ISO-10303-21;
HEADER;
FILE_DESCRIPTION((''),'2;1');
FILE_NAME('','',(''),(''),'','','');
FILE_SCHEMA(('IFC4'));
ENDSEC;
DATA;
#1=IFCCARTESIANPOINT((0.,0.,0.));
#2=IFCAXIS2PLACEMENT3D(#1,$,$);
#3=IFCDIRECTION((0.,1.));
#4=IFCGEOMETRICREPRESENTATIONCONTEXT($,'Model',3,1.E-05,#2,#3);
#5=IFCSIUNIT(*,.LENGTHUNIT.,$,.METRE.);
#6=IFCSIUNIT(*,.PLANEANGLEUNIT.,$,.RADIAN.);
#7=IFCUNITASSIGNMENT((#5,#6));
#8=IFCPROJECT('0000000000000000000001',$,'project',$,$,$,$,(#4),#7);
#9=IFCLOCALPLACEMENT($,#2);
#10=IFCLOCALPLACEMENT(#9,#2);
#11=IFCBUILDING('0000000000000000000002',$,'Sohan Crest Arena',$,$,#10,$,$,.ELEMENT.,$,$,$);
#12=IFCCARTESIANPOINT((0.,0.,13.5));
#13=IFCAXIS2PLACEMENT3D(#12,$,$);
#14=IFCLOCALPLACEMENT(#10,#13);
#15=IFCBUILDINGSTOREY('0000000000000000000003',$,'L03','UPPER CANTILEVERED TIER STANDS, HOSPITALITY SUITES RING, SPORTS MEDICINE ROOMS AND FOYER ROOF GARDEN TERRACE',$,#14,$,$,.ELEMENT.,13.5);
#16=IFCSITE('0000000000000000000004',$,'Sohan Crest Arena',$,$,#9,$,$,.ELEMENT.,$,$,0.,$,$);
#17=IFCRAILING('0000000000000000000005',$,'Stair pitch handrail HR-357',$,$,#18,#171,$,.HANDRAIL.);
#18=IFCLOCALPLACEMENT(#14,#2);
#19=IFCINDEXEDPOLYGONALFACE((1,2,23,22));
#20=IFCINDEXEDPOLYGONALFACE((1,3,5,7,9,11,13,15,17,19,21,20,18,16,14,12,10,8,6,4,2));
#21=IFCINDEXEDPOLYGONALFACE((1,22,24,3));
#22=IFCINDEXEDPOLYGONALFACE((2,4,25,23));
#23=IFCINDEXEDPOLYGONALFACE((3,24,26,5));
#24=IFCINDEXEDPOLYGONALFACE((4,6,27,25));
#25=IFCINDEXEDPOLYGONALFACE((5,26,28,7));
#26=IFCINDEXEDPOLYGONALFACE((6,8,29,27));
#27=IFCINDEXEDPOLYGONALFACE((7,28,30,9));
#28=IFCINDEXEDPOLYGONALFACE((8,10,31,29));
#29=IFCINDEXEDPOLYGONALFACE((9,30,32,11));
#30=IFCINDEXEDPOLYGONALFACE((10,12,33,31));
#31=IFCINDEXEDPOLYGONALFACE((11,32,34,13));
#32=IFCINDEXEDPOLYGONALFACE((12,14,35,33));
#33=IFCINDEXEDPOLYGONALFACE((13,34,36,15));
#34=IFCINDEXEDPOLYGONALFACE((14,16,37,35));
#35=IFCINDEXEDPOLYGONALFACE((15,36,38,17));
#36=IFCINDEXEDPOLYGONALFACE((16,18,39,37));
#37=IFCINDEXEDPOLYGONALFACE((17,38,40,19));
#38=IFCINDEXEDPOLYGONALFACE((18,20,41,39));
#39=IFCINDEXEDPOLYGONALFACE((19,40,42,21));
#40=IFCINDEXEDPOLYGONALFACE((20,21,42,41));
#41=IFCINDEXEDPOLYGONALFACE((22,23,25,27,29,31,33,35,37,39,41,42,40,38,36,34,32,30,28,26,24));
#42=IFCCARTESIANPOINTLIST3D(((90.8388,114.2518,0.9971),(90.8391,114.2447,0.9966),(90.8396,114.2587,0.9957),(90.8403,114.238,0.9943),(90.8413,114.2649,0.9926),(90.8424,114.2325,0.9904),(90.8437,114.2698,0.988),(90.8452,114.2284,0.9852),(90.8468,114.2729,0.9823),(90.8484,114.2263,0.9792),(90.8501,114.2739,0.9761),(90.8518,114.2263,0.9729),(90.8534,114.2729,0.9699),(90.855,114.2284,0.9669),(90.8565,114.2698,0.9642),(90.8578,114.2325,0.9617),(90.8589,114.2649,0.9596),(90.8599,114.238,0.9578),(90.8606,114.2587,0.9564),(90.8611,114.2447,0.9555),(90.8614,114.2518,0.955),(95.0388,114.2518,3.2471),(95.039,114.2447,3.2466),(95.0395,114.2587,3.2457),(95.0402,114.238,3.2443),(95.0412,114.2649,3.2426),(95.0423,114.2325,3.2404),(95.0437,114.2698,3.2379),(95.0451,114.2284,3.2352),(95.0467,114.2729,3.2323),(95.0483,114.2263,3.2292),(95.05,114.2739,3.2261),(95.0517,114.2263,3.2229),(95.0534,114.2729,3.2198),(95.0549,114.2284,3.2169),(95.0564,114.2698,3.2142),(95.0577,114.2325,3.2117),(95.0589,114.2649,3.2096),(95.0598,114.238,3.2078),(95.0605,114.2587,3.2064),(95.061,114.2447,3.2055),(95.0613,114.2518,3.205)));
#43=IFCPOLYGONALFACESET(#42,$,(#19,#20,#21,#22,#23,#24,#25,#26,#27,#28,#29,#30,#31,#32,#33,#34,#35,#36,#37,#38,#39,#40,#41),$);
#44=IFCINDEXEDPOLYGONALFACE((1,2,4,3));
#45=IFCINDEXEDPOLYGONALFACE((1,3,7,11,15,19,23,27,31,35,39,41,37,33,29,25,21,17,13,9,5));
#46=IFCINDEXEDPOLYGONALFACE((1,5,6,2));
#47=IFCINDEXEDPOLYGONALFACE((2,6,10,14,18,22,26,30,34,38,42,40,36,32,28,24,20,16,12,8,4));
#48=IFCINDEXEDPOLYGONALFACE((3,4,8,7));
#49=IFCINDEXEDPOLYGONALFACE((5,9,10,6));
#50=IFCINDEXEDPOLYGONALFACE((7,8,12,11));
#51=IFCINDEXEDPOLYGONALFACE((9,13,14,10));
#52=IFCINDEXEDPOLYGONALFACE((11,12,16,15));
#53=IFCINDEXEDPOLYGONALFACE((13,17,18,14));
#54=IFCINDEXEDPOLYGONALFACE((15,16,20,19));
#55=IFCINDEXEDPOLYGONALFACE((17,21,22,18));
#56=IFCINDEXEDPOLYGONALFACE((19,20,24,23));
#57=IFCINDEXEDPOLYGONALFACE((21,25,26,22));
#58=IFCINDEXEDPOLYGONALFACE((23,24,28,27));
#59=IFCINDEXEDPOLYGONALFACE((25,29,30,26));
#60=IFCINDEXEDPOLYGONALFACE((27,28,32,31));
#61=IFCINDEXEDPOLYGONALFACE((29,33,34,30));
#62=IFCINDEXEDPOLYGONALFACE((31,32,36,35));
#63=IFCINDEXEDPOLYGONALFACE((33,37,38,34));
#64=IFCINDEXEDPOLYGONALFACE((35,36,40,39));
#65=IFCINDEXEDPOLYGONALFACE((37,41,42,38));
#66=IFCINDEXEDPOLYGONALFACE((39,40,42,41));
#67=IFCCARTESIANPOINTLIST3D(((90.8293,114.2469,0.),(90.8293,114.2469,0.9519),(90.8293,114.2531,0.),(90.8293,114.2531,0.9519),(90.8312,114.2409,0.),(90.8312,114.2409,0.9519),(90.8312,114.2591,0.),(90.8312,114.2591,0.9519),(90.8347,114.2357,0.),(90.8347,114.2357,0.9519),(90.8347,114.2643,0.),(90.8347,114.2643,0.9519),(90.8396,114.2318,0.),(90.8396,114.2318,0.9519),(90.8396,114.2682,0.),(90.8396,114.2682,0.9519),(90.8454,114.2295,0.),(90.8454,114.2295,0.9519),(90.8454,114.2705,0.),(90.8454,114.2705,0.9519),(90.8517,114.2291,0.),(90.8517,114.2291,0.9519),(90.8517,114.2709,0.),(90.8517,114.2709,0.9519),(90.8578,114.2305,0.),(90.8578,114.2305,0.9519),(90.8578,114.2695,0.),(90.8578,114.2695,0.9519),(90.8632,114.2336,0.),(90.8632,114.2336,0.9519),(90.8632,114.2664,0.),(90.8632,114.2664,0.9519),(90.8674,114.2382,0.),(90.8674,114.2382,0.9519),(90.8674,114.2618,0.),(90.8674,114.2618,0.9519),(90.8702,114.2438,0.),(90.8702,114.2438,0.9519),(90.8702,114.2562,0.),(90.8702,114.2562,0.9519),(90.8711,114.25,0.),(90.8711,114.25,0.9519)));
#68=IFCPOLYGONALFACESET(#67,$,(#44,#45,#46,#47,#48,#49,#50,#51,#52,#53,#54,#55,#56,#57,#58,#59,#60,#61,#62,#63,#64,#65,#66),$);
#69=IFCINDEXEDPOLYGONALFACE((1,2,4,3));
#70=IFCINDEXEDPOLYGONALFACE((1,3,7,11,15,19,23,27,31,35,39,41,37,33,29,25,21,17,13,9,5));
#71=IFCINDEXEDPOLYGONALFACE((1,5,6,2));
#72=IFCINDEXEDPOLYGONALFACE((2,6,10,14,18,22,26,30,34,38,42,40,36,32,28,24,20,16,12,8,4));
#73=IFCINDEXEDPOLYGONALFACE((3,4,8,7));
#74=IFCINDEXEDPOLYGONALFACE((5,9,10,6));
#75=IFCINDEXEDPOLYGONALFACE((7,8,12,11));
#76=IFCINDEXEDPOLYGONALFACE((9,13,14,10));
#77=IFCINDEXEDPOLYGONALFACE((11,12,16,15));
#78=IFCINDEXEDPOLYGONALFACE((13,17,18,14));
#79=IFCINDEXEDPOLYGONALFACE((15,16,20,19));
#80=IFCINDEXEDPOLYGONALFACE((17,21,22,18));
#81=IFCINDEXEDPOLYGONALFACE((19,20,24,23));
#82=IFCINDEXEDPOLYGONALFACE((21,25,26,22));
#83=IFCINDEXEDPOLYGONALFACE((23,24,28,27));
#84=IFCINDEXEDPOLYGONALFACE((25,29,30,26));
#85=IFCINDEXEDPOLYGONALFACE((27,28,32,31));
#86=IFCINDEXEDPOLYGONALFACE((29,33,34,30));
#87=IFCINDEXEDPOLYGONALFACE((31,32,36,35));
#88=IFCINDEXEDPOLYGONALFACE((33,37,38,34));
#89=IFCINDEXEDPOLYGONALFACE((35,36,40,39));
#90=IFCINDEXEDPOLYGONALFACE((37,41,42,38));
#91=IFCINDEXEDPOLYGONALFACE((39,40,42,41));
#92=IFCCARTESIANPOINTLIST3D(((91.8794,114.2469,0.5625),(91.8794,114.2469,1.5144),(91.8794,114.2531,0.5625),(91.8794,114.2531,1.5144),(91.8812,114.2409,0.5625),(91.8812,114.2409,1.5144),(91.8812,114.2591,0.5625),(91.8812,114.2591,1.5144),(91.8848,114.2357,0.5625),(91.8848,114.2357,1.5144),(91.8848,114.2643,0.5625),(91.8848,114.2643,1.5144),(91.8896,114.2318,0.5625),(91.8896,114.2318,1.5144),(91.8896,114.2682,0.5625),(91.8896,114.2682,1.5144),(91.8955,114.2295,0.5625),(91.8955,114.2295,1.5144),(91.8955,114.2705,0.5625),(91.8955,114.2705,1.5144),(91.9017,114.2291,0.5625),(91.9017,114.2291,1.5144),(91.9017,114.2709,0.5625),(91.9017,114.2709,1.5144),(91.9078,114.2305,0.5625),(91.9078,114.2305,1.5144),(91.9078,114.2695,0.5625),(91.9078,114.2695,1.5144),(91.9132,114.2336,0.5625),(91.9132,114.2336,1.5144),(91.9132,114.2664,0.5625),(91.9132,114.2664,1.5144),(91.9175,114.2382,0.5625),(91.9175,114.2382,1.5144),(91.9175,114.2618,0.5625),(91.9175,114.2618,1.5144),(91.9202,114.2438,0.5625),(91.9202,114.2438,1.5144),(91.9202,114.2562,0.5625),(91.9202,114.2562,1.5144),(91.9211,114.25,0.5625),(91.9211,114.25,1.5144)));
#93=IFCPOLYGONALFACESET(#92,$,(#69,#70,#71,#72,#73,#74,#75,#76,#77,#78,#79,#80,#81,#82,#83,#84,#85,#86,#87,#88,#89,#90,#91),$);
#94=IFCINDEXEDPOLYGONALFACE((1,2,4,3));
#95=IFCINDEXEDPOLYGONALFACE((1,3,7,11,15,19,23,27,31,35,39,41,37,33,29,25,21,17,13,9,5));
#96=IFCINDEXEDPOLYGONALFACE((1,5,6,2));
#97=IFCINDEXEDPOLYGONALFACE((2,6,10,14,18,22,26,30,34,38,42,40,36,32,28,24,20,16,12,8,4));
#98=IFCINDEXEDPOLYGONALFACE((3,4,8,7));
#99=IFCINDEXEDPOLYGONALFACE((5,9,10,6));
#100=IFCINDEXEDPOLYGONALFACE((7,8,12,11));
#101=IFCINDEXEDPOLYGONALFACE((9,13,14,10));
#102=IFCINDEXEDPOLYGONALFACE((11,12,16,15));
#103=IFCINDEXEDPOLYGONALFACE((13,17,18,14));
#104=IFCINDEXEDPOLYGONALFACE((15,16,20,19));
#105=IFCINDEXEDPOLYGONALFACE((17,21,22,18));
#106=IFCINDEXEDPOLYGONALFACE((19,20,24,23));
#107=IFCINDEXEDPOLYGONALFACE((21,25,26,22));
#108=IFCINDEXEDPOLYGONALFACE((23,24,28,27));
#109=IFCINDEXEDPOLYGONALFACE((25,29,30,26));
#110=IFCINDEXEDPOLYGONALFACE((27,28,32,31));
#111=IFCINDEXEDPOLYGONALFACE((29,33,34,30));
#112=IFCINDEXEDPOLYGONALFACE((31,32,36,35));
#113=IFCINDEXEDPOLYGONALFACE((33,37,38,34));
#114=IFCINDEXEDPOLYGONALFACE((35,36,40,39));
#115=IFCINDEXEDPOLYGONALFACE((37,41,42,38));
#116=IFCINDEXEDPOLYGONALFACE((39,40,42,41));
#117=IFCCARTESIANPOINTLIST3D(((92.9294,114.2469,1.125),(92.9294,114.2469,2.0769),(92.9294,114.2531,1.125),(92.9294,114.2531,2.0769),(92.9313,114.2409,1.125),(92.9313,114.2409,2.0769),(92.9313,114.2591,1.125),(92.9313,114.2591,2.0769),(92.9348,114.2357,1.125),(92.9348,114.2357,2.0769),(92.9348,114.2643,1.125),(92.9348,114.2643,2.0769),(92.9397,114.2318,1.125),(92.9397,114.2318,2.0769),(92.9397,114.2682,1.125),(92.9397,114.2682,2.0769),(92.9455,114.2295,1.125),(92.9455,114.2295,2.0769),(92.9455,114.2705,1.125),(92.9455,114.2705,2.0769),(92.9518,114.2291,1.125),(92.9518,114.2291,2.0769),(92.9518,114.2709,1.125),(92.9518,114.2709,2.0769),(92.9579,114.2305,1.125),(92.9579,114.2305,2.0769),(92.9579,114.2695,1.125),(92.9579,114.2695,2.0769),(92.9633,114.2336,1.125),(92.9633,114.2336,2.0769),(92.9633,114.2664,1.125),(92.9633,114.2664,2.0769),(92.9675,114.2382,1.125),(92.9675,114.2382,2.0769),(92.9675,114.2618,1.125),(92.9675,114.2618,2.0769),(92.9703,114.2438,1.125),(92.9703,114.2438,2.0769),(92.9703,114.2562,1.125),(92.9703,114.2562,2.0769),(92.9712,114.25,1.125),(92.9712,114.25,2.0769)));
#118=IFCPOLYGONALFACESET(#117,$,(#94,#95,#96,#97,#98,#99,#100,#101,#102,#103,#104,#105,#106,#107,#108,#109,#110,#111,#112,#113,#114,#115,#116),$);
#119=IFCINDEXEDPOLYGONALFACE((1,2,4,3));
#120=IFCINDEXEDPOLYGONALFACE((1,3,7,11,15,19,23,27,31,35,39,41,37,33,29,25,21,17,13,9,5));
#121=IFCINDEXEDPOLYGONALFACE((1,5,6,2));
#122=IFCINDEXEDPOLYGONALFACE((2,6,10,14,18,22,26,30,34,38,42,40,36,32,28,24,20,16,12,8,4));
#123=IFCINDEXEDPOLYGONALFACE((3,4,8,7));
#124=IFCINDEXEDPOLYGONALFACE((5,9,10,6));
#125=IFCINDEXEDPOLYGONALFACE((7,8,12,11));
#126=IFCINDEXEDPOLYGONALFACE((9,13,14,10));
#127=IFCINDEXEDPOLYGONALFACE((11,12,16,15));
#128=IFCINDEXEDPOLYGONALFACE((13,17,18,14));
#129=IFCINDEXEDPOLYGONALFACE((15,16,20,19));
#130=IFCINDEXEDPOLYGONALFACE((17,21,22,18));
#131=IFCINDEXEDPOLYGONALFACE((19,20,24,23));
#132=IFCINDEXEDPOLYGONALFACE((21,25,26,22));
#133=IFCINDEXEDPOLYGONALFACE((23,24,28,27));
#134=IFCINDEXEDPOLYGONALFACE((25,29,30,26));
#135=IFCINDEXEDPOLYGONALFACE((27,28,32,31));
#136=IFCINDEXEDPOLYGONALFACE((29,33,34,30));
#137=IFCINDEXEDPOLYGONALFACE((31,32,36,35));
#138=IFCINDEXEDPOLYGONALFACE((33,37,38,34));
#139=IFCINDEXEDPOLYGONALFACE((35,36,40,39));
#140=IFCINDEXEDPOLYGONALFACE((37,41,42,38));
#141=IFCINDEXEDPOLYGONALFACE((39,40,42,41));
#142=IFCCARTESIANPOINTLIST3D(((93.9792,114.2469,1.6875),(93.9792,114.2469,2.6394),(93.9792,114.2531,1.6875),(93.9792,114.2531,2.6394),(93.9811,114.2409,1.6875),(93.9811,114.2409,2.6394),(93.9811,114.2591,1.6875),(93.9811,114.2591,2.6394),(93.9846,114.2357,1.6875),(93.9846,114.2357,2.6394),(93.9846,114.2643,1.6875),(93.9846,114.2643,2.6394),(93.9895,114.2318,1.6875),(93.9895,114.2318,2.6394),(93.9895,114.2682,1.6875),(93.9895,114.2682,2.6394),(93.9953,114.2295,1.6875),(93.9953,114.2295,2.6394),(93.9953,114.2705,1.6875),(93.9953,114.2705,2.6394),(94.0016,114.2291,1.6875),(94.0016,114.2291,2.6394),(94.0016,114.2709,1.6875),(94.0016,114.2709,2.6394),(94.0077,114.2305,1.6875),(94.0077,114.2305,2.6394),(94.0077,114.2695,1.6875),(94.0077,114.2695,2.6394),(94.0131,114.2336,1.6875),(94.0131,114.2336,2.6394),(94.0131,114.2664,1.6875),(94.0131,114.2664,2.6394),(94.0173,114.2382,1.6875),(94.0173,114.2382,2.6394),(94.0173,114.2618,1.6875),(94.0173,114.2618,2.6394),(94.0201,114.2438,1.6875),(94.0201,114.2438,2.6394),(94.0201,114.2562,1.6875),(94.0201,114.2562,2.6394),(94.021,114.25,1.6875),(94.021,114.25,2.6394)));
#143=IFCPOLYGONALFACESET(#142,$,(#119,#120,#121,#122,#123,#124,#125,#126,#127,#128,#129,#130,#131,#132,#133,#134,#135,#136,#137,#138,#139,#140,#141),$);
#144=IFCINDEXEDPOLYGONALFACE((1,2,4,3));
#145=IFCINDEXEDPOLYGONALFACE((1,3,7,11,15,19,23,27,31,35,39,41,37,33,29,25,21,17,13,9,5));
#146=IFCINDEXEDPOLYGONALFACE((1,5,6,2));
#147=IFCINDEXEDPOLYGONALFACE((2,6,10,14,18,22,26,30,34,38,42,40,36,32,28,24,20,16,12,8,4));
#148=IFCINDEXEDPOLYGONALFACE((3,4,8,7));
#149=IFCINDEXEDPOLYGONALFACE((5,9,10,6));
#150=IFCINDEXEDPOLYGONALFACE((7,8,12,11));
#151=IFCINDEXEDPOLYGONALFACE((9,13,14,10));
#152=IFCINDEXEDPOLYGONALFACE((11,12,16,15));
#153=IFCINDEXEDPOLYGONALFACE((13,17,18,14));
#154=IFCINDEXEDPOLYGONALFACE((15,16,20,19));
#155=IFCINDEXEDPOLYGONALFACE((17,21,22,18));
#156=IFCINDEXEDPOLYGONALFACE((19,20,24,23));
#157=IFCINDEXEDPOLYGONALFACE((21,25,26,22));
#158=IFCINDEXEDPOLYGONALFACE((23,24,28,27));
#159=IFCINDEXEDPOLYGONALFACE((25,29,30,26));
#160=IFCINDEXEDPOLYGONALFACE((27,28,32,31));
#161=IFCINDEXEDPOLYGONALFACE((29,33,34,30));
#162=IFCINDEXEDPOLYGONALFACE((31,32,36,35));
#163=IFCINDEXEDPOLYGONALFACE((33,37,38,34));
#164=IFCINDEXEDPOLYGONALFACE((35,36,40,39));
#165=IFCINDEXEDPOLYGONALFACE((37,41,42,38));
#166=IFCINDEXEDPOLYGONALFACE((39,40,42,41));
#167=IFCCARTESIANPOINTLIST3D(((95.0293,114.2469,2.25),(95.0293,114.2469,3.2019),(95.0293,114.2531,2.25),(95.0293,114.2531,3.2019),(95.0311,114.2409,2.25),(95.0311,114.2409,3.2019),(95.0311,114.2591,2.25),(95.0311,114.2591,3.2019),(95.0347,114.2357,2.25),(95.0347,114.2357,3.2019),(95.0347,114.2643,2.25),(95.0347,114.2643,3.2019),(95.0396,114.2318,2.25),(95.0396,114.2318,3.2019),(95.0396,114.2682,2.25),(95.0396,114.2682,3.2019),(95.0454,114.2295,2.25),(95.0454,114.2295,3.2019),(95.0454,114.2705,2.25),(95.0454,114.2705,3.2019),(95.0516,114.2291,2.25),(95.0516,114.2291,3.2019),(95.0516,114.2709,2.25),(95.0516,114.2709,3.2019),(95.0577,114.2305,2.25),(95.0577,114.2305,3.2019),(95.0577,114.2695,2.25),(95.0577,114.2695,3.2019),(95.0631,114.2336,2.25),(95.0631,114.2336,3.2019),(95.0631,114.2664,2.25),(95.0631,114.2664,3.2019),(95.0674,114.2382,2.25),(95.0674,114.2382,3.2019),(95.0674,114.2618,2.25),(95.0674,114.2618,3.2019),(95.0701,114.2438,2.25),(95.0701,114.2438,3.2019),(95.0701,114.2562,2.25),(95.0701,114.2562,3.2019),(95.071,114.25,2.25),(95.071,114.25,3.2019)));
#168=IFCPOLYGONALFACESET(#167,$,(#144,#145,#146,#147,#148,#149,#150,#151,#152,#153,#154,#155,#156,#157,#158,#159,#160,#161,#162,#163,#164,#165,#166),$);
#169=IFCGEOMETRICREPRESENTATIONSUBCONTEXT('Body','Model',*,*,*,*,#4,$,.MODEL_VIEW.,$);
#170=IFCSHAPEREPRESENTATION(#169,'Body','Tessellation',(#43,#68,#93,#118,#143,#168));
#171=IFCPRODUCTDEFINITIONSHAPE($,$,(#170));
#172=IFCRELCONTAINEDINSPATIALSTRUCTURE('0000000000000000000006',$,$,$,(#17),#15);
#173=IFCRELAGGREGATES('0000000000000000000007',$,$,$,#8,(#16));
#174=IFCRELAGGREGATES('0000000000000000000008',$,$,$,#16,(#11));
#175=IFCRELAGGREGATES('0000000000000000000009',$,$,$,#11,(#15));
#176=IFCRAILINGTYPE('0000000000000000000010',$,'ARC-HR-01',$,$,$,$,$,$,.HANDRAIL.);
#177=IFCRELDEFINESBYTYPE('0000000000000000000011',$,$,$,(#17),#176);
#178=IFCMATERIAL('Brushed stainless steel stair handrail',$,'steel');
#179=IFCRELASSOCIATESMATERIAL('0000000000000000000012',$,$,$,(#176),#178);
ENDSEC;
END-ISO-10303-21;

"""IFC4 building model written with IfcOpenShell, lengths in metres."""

from ifc_helpers import new_model, si_unit, direction, frame, origin, origin_2d, place, context, subcontext, project, spatial, circle, extrude, material, type_object, element, save


model = new_model("IFC4")

# Units and contexts
model_context = context("Model", 3, precision=1e-05, world=origin(), true_north=direction((0.0, 1.0)))
body_context = subcontext(model_context, "Body", "Model", "MODEL_VIEW")
ifc_project = project(units=[si_unit("LENGTHUNIT", "METRE"), si_unit("PLANEANGLEUNIT", "RADIAN")], contexts=[model_context])

# Site, building, storey
site_placement = place(None, origin())
site = spatial("IfcSite", under=ifc_project, at=site_placement, Name="Sohan Crest Arena", CompositionType="ELEMENT", RefElevation=0.0)
building_placement = place(site_placement, origin())
building = spatial("IfcBuilding", under=site, at=building_placement, Name="Sohan Crest Arena", CompositionType="ELEMENT")
storey_placement = place(building_placement, frame((0.0, 0.0, 13.5)))
storey = spatial("IfcBuildingStorey", under=building, at=storey_placement, Name="L03", Description="UPPER CANTILEVERED TIER STANDS, HOSPITALITY SUITES RING, SPORTS MEDICINE ROOMS AND FOYER ROOF GARDEN TERRACE", CompositionType="ELEMENT", Elevation=13.5)

# Railing
ifc_material_1 = material(Name="Brushed stainless steel stair handrail", Category="steel")
railing_type_1 = type_object("IfcRailingType", Name="ARC-HR-01", PredefinedType="HANDRAIL", material=ifc_material_1)
for number, where, name in (
    (1, (90.8501, 114.25, 0.0), "Stair pitch handrail HR-357"),
):
    element("IfcRailing", number, at=place(storey_placement, frame(where)), inside=storey, type_object=railing_type_1, Name=name, PredefinedType="HANDRAIL", context=body_context, shape_type="SweptSolid", body=[
        extrude(circle(Radius=0.0239, at=origin_2d()), frame((0.0, 0.0, 0.9761), z_axis=(0.881478, 0.0, 0.472226), x_axis=(0.0, 1.0, 0.0)), (0.0, 0.0, 1.0), 4.7646),
        extrude(circle(Radius=0.021, at=origin_2d()), origin(), (0.0, 0.0, 1.0), 0.9519),
        extrude(circle(Radius=0.021, at=origin_2d()), frame((1.05, 0.0, 0.5625)), (0.0, 0.0, 1.0), 0.9519),
        extrude(circle(Radius=0.021, at=origin_2d()), frame((2.1001, 0.0, 1.125)), (0.0, 0.0, 1.0), 0.9519),
        extrude(circle(Radius=0.021, at=origin_2d()), frame((3.1499, 0.0, 1.6875)), (0.0, 0.0, 1.0), 0.9519),
        extrude(circle(Radius=0.021, at=origin_2d()), frame((4.2, 0.0, 2.25)), (0.0, 0.0, 1.0), 0.9519),
    ])

save(model, "model.ifc")
